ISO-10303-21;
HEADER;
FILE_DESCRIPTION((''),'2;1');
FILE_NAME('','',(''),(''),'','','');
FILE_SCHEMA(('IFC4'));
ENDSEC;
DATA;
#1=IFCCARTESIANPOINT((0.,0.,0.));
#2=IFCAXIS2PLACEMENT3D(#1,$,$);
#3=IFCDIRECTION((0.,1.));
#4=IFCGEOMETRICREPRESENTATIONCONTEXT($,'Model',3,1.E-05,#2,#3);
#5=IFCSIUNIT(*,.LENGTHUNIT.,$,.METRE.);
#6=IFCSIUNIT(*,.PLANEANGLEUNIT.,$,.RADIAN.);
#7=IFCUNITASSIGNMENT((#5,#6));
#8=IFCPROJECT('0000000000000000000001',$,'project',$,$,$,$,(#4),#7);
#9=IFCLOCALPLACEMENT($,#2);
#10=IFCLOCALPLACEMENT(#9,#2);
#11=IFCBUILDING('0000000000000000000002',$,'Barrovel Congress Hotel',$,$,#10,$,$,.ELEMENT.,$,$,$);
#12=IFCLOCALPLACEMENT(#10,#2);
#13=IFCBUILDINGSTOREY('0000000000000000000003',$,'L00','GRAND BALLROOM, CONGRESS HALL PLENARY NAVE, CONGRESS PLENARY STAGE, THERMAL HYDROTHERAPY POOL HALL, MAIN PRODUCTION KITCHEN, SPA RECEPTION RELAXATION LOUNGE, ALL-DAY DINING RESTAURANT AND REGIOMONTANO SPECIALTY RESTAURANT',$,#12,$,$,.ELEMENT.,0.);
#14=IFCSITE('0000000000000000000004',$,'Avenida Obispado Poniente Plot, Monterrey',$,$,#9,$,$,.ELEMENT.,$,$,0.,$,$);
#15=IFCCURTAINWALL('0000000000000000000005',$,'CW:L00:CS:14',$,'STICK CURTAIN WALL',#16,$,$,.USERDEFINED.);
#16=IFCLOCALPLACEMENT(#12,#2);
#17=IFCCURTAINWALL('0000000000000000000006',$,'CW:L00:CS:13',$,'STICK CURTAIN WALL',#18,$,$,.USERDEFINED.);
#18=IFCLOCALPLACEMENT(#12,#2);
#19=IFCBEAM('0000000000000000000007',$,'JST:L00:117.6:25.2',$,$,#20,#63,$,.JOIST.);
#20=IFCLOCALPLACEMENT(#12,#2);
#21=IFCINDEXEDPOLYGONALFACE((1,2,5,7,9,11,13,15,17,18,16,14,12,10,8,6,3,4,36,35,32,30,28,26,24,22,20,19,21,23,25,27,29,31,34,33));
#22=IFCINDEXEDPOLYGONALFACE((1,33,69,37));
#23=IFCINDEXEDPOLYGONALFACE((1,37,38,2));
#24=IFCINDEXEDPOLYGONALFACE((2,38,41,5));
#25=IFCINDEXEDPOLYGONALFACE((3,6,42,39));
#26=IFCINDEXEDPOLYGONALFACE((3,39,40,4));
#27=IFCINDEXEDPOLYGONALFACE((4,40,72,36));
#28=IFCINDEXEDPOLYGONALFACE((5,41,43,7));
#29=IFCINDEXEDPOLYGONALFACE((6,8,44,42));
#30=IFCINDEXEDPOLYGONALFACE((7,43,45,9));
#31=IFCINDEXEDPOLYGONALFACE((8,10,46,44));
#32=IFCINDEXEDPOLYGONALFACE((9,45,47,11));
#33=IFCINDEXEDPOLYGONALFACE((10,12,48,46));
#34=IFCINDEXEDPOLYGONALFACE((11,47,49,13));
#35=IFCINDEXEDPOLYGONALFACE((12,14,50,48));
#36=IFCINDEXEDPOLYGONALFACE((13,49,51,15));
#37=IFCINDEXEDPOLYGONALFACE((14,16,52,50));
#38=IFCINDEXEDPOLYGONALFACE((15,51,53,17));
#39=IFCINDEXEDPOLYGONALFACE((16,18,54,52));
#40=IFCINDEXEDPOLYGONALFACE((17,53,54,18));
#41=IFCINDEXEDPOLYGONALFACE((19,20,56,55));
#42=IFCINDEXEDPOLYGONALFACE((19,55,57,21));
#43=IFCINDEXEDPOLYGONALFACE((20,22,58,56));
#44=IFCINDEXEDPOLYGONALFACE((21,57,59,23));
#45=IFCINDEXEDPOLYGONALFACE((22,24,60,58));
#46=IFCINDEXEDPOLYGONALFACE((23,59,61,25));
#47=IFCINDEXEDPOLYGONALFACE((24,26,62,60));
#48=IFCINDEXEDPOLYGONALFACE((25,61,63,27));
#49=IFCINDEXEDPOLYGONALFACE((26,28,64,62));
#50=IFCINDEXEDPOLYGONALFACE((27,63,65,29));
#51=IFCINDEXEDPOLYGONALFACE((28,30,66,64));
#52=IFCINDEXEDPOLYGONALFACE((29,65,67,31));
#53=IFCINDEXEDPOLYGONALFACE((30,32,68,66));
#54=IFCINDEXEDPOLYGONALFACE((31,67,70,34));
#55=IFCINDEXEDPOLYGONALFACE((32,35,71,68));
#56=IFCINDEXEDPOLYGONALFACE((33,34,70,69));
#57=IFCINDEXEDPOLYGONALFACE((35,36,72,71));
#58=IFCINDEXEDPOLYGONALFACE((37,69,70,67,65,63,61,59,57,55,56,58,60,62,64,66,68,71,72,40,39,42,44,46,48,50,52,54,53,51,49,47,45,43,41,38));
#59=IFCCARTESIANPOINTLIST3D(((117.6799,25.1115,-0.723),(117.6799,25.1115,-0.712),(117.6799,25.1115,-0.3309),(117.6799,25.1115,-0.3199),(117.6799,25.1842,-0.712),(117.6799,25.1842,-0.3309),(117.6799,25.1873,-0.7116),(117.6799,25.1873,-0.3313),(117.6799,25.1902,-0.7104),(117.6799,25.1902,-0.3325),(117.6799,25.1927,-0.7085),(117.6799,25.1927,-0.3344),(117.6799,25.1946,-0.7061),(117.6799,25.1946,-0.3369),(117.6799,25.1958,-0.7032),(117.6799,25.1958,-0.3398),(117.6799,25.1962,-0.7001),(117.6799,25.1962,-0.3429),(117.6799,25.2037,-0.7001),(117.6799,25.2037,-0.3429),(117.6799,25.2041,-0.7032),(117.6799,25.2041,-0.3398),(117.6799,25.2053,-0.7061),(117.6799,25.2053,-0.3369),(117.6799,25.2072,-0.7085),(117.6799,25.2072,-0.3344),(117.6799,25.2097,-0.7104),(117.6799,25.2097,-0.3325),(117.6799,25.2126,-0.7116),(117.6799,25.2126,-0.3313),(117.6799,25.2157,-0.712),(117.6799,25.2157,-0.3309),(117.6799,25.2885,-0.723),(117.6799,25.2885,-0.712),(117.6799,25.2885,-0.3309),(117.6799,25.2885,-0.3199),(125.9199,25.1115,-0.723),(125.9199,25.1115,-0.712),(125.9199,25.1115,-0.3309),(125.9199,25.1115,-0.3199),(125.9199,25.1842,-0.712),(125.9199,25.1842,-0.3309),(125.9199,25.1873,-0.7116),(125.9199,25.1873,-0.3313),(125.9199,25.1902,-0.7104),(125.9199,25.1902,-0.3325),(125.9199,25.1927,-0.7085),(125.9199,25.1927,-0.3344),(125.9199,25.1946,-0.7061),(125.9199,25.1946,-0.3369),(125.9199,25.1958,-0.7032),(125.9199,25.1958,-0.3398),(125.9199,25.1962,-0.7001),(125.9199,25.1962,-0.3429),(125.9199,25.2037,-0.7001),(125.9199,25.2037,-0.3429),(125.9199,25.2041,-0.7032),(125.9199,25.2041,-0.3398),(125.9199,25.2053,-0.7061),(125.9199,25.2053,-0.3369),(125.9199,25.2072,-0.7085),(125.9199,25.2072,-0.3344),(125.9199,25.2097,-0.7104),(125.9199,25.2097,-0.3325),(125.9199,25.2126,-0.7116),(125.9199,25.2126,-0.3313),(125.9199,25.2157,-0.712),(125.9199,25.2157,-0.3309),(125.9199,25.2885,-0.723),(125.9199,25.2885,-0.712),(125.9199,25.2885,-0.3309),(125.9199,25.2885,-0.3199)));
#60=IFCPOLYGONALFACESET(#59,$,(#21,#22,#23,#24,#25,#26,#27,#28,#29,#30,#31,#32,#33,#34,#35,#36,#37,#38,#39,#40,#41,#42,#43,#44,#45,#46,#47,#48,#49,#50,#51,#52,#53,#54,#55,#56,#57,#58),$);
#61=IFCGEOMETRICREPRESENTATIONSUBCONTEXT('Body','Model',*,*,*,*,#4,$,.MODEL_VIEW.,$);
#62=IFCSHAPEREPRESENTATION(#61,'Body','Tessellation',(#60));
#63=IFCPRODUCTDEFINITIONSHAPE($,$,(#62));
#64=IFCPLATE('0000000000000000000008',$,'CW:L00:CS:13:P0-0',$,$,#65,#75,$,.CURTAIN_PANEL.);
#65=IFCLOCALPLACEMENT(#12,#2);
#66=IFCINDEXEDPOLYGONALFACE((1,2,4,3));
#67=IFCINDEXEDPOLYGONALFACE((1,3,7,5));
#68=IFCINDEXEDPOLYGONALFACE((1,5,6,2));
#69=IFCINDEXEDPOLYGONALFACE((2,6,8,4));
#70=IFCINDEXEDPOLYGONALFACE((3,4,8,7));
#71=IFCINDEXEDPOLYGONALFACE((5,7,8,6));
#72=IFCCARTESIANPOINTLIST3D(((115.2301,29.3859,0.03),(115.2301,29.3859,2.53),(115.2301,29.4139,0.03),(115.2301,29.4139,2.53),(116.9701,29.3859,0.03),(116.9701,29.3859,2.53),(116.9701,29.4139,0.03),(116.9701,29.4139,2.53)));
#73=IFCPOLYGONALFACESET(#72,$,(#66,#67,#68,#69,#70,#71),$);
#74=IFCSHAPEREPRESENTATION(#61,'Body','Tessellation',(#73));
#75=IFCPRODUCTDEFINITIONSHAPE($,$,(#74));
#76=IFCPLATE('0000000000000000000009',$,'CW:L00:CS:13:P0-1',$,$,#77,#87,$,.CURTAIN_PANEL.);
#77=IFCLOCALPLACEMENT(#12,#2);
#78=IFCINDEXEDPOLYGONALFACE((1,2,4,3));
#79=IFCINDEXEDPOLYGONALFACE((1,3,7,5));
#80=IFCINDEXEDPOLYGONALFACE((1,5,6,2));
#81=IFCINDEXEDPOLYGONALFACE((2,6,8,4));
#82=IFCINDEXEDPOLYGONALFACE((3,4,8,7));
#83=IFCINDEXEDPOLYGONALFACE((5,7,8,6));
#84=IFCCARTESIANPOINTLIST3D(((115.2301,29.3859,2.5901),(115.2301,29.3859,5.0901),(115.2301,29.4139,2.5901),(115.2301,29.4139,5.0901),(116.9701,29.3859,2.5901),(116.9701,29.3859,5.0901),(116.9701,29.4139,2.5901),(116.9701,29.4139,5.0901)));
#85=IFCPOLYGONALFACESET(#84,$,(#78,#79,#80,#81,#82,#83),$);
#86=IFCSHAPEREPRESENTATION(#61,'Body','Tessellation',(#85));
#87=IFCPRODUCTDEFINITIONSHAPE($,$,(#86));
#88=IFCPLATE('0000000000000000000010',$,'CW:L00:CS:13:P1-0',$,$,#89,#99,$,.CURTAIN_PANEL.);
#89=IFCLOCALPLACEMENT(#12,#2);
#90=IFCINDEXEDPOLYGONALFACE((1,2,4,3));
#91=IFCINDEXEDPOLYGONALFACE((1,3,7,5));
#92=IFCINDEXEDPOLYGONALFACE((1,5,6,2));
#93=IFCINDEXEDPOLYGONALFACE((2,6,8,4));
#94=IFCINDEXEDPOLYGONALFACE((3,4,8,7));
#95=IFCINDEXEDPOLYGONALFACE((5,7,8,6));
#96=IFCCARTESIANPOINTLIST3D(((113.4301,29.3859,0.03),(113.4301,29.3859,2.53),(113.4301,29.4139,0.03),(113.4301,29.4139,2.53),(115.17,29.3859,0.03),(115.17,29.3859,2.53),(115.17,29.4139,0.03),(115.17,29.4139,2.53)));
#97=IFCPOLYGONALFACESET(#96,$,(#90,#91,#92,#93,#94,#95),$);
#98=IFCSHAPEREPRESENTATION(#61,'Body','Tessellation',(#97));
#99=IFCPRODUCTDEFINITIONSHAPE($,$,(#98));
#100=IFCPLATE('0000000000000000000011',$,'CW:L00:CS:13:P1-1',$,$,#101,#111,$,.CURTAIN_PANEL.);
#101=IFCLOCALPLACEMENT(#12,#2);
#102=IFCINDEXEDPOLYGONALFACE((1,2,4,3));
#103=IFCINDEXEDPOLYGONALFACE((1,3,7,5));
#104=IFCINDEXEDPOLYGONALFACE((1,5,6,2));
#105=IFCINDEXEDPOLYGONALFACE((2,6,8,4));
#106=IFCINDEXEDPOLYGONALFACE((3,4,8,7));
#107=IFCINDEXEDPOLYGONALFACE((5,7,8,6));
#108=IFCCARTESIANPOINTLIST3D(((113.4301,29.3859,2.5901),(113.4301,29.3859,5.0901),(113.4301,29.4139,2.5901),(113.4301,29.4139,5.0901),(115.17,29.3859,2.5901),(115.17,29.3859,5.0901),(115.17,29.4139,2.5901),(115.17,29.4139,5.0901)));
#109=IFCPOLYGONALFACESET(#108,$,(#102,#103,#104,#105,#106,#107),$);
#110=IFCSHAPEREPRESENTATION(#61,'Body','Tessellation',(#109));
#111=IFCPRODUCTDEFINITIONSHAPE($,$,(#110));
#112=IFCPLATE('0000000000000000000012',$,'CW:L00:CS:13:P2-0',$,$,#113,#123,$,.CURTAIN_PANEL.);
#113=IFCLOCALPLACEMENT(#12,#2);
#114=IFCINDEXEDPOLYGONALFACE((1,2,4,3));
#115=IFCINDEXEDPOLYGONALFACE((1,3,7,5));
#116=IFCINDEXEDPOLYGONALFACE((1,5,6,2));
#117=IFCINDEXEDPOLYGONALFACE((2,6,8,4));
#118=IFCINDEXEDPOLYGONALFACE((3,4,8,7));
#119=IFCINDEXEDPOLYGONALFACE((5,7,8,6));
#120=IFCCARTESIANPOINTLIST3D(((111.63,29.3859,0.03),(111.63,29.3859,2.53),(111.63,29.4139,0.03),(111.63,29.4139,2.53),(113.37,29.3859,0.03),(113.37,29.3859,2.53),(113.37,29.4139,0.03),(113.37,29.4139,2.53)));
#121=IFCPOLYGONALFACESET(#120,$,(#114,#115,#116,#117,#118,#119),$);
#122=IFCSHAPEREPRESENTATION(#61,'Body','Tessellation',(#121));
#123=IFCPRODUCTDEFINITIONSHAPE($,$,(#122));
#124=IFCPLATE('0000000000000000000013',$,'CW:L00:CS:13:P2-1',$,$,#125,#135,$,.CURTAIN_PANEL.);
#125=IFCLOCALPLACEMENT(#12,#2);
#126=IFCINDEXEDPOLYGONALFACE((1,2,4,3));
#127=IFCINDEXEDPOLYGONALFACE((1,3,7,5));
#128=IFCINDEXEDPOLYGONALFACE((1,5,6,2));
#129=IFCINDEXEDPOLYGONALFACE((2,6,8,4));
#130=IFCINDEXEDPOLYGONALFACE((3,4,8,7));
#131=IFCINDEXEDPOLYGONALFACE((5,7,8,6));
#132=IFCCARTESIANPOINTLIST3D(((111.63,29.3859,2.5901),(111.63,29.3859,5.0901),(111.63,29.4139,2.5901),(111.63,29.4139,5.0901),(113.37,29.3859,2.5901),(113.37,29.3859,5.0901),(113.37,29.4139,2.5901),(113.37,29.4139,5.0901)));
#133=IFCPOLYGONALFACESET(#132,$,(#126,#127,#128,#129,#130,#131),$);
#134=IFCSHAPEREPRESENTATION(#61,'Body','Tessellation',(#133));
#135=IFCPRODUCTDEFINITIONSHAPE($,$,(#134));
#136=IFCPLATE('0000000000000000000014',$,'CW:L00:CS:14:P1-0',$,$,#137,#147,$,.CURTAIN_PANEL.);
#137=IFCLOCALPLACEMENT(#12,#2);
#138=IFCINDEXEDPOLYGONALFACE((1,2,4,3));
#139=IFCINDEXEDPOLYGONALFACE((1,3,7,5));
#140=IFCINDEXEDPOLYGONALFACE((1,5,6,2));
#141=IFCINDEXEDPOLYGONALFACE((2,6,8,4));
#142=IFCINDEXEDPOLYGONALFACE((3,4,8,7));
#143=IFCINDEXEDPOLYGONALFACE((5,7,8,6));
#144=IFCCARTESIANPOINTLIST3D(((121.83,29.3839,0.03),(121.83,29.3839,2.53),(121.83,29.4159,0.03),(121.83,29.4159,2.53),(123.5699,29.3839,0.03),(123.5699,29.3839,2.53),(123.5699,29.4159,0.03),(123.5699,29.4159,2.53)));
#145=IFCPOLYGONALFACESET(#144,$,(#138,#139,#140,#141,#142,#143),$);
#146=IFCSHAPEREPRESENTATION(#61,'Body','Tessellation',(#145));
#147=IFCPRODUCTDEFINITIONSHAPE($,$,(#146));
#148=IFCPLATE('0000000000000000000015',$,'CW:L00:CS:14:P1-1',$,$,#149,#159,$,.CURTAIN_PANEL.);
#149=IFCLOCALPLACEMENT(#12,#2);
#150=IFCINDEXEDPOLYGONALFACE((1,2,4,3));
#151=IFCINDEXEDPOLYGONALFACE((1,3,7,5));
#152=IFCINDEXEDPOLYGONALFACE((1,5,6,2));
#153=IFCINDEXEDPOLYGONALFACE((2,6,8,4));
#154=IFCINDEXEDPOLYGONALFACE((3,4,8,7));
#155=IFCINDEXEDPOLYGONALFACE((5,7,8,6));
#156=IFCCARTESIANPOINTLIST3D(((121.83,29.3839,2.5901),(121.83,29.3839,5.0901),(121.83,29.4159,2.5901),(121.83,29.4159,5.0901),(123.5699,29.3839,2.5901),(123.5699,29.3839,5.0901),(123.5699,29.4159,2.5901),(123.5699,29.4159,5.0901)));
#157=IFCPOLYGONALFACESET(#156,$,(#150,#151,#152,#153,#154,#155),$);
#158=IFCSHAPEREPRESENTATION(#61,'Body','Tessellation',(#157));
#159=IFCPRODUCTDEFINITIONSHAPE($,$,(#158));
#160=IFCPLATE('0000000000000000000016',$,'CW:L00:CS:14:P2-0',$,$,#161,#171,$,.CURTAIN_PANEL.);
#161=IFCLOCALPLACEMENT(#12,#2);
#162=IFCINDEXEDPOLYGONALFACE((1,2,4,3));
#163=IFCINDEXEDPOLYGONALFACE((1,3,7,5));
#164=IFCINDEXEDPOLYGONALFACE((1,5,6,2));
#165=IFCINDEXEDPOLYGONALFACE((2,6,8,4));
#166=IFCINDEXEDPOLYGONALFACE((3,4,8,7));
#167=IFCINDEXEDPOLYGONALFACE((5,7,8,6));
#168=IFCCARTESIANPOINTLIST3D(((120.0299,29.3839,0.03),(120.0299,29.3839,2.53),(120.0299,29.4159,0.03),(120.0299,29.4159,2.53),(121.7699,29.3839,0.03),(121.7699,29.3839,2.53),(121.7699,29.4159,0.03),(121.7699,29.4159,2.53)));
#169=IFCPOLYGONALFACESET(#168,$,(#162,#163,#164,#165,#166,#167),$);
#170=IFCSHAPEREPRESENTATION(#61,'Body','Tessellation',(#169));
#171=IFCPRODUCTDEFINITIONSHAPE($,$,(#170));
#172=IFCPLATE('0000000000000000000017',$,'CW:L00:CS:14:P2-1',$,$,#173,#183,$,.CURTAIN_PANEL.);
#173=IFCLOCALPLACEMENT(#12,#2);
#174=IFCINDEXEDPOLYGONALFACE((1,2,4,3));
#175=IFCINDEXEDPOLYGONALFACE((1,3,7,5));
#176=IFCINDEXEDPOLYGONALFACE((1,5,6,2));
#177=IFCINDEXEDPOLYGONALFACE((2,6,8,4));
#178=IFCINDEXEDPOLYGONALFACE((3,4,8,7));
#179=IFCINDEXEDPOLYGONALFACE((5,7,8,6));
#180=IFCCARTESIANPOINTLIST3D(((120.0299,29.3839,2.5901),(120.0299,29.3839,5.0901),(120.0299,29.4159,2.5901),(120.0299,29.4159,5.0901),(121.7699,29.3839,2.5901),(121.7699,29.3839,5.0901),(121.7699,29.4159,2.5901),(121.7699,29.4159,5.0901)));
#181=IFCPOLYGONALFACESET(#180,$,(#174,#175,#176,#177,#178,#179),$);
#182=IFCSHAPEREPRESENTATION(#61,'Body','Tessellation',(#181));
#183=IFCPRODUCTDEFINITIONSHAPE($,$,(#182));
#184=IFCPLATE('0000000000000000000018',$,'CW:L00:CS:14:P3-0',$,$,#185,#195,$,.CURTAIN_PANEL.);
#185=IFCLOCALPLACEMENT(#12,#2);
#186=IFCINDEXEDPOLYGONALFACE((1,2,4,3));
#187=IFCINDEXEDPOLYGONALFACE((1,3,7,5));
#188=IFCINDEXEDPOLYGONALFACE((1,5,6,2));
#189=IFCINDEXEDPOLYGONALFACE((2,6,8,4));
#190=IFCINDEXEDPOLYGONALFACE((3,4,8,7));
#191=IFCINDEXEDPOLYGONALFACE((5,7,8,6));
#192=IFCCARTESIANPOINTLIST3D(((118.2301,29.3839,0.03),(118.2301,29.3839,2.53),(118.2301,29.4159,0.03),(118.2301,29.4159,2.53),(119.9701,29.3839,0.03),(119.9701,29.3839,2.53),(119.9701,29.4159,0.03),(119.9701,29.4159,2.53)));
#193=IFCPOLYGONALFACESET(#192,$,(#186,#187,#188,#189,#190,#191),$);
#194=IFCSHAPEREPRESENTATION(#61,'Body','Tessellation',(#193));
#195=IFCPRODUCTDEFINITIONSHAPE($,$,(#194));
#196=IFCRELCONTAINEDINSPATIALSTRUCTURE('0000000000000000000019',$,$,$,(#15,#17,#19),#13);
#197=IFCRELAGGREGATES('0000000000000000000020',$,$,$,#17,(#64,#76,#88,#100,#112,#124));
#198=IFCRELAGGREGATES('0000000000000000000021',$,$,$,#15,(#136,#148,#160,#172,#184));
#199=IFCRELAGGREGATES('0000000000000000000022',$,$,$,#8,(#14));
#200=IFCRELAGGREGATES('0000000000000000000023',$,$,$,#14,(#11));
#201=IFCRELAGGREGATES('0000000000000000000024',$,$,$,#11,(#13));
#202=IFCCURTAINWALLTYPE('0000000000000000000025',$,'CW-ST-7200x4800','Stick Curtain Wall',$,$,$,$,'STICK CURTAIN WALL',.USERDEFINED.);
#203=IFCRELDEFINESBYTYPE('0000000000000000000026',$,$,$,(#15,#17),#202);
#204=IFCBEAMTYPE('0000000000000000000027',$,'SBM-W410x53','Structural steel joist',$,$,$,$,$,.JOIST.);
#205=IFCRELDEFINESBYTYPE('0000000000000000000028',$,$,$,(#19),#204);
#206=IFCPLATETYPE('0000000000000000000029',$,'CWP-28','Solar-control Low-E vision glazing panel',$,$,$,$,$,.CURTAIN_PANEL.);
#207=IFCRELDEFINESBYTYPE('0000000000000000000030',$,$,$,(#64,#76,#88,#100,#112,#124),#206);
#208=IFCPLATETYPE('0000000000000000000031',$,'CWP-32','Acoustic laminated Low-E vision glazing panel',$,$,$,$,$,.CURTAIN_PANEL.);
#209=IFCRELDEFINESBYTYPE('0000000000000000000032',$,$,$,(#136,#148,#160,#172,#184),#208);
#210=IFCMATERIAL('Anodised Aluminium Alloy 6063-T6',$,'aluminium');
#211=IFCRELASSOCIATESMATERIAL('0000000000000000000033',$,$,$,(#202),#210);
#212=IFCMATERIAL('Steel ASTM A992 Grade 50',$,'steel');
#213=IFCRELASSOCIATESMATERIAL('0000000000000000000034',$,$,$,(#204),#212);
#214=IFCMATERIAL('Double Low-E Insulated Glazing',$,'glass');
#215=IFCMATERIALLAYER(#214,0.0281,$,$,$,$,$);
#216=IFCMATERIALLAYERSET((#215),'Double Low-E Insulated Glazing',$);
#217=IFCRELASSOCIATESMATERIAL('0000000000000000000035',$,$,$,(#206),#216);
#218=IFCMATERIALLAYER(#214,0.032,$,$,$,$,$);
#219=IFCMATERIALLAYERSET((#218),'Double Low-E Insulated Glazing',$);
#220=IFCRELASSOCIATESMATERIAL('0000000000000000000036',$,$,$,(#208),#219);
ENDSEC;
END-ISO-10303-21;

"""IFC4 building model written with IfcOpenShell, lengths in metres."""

from ifc_helpers import new_model, si_unit, direction, frame, origin, origin_2d, place, context, subcontext, project, spatial, rectangle, i_section, extrude, material, layer, layer_set, material_profile, profile_set, type_object, element, aggregate, save


model = new_model("IFC4")

# Units and contexts
model_context = context("Model", 3, precision=1e-05, world=origin(), true_north=direction((0.0, 1.0)))
body_context = subcontext(model_context, "Body", "Model", "MODEL_VIEW")
ifc_project = project(units=[si_unit("LENGTHUNIT", "METRE"), si_unit("PLANEANGLEUNIT", "RADIAN")], contexts=[model_context])

# Site, building, storey
site_placement = place(None, origin())
site = spatial("IfcSite", under=ifc_project, at=site_placement, Name="Avenida Obispado Poniente Plot, Monterrey", CompositionType="ELEMENT", RefElevation=0.0)
building_placement = place(site_placement, origin())
building = spatial("IfcBuilding", under=site, at=building_placement, Name="Barrovel Congress Hotel", CompositionType="ELEMENT")
storey_placement = place(building_placement, origin())
storey = spatial("IfcBuildingStorey", under=building, at=storey_placement, Name="L00", Description="GRAND BALLROOM, CONGRESS HALL PLENARY NAVE, CONGRESS PLENARY STAGE, THERMAL HYDROTHERAPY POOL HALL, MAIN PRODUCTION KITCHEN, SPA RECEPTION RELAXATION LOUNGE, ALL-DAY DINING RESTAURANT AND REGIOMONTANO SPECIALTY RESTAURANT", CompositionType="ELEMENT", Elevation=0.0)

# Curtain walls
ifc_material_1 = material(Name="Anodised Aluminium Alloy 6063-T6", Category="aluminium")
curtain_wall_type = type_object("IfcCurtainWallType", Name="CW-ST-7200x4800", Description="Stick Curtain Wall", ElementType="STICK CURTAIN WALL", PredefinedType="USERDEFINED", material=ifc_material_1)
curtain_wall_1_placement = place(storey_placement, origin())
curtain_wall_1 = element("IfcCurtainWall", 1, at=curtain_wall_1_placement, inside=storey, type_object=curtain_wall_type, Name="CW:L00:CS:14", ObjectType="STICK CURTAIN WALL", PredefinedType="USERDEFINED")
curtain_wall_2_placement = place(storey_placement, origin())
curtain_wall_2 = element("IfcCurtainWall", 2, at=curtain_wall_2_placement, inside=storey, type_object=curtain_wall_type, Name="CW:L00:CS:13", ObjectType="STICK CURTAIN WALL", PredefinedType="USERDEFINED")

# Beam
ifc_material_2 = material(Name="Steel ASTM A992 Grade 50", Category="steel")
ifc_material_profile_1 = material_profile(ifc_material_2, i_section(OverallWidth=0.177, OverallDepth=0.4031, WebThickness=0.0076, FlangeThickness=0.011, FilletRadius=0.012, at=origin_2d()), Name="W410x53")
ifc_profile_set_1 = profile_set([ifc_material_profile_1], Name="Steel ASTM A992 Grade 50")
beam_type_1 = type_object("IfcBeamType", Name="SBM-W410x53", Description="Structural steel joist", PredefinedType="JOIST", material=ifc_profile_set_1)
beam_1_placement = place(storey_placement, frame((117.6799, 25.2, -0.5215), z_axis=(1.0, 0.0, 0.0), x_axis=(0.0, 1.0, 0.0)))
element("IfcBeam", 3, at=beam_1_placement, inside=storey, type_object=beam_type_1, Name="JST:L00:117.6:25.2", PredefinedType="JOIST", context=body_context, shape_type="SweptSolid", body=[
    extrude(i_section(OverallWidth=0.177, OverallDepth=0.4031, WebThickness=0.0076, FlangeThickness=0.011, FilletRadius=0.012, at=origin_2d()), origin(), (0.0, 0.0, 1.0), 8.24),
])

# Plates
ifc_material_3 = material(Name="Double Low-E Insulated Glazing", Category="glass")
ifc_layer_1 = layer(ifc_material_3, 0.0281)
ifc_layer_set_1 = layer_set([ifc_layer_1], Name="Double Low-E Insulated Glazing")
plate_type_1 = type_object("IfcPlateType", Name="CWP-28", Description="Solar-control Low-E vision glazing panel", PredefinedType="CURTAIN_PANEL", material=ifc_layer_set_1)
plate_1_placement = place(storey_placement, frame((116.1001, 29.3999, 0.03), z_axis=(0.0, 0.0, 1.0), x_axis=(-1.0, 0.0, 0.0)))
plate_1 = element("IfcPlate", 4, at=plate_1_placement, type_object=plate_type_1, Name="CW:L00:CS:13:P0-0", PredefinedType="CURTAIN_PANEL", context=body_context, shape_type="SweptSolid", body=[
    extrude(rectangle(XDim=1.74, YDim=0.0281, at=origin_2d()), origin(), (0.0, 0.0, 1.0), 2.5),
])
plate_2_placement = place(storey_placement, frame((116.1001, 29.3999, 2.5901), z_axis=(0.0, 0.0, 1.0), x_axis=(-1.0, 0.0, 0.0)))
plate_2 = element("IfcPlate", 5, at=plate_2_placement, type_object=plate_type_1, Name="CW:L00:CS:13:P0-1", PredefinedType="CURTAIN_PANEL", context=body_context, shape_type="SweptSolid", body=[
    extrude(rectangle(XDim=1.74, YDim=0.0281, at=origin_2d()), origin(), (0.0, 0.0, 1.0), 2.5),
])
plate_3_placement = place(storey_placement, frame((114.3, 29.3999, 0.03), z_axis=(0.0, 0.0, 1.0), x_axis=(-1.0, 0.0, 0.0)))
plate_3 = element("IfcPlate", 6, at=plate_3_placement, type_object=plate_type_1, Name="CW:L00:CS:13:P1-0", PredefinedType="CURTAIN_PANEL", context=body_context, shape_type="SweptSolid", body=[
    extrude(rectangle(XDim=1.74, YDim=0.0281, at=origin_2d()), origin(), (0.0, 0.0, 1.0), 2.5),
])
plate_4_placement = place(storey_placement, frame((114.3, 29.3999, 2.5901), z_axis=(0.0, 0.0, 1.0), x_axis=(-1.0, 0.0, 0.0)))
plate_4 = element("IfcPlate", 7, at=plate_4_placement, type_object=plate_type_1, Name="CW:L00:CS:13:P1-1", PredefinedType="CURTAIN_PANEL", context=body_context, shape_type="SweptSolid", body=[
    extrude(rectangle(XDim=1.74, YDim=0.0281, at=origin_2d()), origin(), (0.0, 0.0, 1.0), 2.5),
])
plate_5_placement = place(storey_placement, frame((112.5, 29.3999, 0.03), z_axis=(0.0, 0.0, 1.0), x_axis=(-1.0, 0.0, 0.0)))
plate_5 = element("IfcPlate", 8, at=plate_5_placement, type_object=plate_type_1, Name="CW:L00:CS:13:P2-0", PredefinedType="CURTAIN_PANEL", context=body_context, shape_type="SweptSolid", body=[
    extrude(rectangle(XDim=1.74, YDim=0.0281, at=origin_2d()), origin(), (0.0, 0.0, 1.0), 2.5),
])
plate_6_placement = place(storey_placement, frame((112.5, 29.3999, 2.5901), z_axis=(0.0, 0.0, 1.0), x_axis=(-1.0, 0.0, 0.0)))
plate_6 = element("IfcPlate", 9, at=plate_6_placement, type_object=plate_type_1, Name="CW:L00:CS:13:P2-1", PredefinedType="CURTAIN_PANEL", context=body_context, shape_type="SweptSolid", body=[
    extrude(rectangle(XDim=1.74, YDim=0.0281, at=origin_2d()), origin(), (0.0, 0.0, 1.0), 2.5),
])
aggregate(curtain_wall_2, [plate_1, plate_2, plate_3, plate_4, plate_5, plate_6])
ifc_layer_2 = layer(ifc_material_3, 0.032)
ifc_layer_set_2 = layer_set([ifc_layer_2], Name="Double Low-E Insulated Glazing")
plate_type_2 = type_object("IfcPlateType", Name="CWP-32", Description="Acoustic laminated Low-E vision glazing panel", PredefinedType="CURTAIN_PANEL", material=ifc_layer_set_2)
plate_7_placement = place(storey_placement, frame((122.7, 29.3999, 0.03), z_axis=(0.0, 0.0, 1.0), x_axis=(-1.0, 0.0, 0.0)))
plate_7 = element("IfcPlate", 10, at=plate_7_placement, type_object=plate_type_2, Name="CW:L00:CS:14:P1-0", PredefinedType="CURTAIN_PANEL", context=body_context, shape_type="SweptSolid", body=[
    extrude(rectangle(XDim=1.74, YDim=0.032, at=origin_2d()), origin(), (0.0, 0.0, 1.0), 2.5),
])
plate_8_placement = place(storey_placement, frame((122.7, 29.3999, 2.5901), z_axis=(0.0, 0.0, 1.0), x_axis=(-1.0, 0.0, 0.0)))
plate_8 = element("IfcPlate", 11, at=plate_8_placement, type_object=plate_type_2, Name="CW:L00:CS:14:P1-1", PredefinedType="CURTAIN_PANEL", context=body_context, shape_type="SweptSolid", body=[
    extrude(rectangle(XDim=1.74, YDim=0.032, at=origin_2d()), origin(), (0.0, 0.0, 1.0), 2.5),
])
plate_9_placement = place(storey_placement, frame((120.8999, 29.3999, 0.03), z_axis=(0.0, 0.0, 1.0), x_axis=(-1.0, 0.0, 0.0)))
plate_9 = element("IfcPlate", 12, at=plate_9_placement, type_object=plate_type_2, Name="CW:L00:CS:14:P2-0", PredefinedType="CURTAIN_PANEL", context=body_context, shape_type="SweptSolid", body=[
    extrude(rectangle(XDim=1.74, YDim=0.032, at=origin_2d()), origin(), (0.0, 0.0, 1.0), 2.5),
])
plate_10_placement = place(storey_placement, frame((120.8999, 29.3999, 2.5901), z_axis=(0.0, 0.0, 1.0), x_axis=(-1.0, 0.0, 0.0)))
plate_10 = element("IfcPlate", 13, at=plate_10_placement, type_object=plate_type_2, Name="CW:L00:CS:14:P2-1", PredefinedType="CURTAIN_PANEL", context=body_context, shape_type="SweptSolid", body=[
    extrude(rectangle(XDim=1.74, YDim=0.032, at=origin_2d()), origin(), (0.0, 0.0, 1.0), 2.5),
])
plate_11_placement = place(storey_placement, frame((119.1001, 29.3999, 0.03), z_axis=(0.0, 0.0, 1.0), x_axis=(-1.0, 0.0, 0.0)))
plate_11 = element("IfcPlate", 14, at=plate_11_placement, type_object=plate_type_2, Name="CW:L00:CS:14:P3-0", PredefinedType="CURTAIN_PANEL", context=body_context, shape_type="SweptSolid", body=[
    extrude(rectangle(XDim=1.74, YDim=0.032, at=origin_2d()), origin(), (0.0, 0.0, 1.0), 2.5),
])
aggregate(curtain_wall_1, [plate_7, plate_8, plate_9, plate_10, plate_11])

save(model, "model.ifc")
